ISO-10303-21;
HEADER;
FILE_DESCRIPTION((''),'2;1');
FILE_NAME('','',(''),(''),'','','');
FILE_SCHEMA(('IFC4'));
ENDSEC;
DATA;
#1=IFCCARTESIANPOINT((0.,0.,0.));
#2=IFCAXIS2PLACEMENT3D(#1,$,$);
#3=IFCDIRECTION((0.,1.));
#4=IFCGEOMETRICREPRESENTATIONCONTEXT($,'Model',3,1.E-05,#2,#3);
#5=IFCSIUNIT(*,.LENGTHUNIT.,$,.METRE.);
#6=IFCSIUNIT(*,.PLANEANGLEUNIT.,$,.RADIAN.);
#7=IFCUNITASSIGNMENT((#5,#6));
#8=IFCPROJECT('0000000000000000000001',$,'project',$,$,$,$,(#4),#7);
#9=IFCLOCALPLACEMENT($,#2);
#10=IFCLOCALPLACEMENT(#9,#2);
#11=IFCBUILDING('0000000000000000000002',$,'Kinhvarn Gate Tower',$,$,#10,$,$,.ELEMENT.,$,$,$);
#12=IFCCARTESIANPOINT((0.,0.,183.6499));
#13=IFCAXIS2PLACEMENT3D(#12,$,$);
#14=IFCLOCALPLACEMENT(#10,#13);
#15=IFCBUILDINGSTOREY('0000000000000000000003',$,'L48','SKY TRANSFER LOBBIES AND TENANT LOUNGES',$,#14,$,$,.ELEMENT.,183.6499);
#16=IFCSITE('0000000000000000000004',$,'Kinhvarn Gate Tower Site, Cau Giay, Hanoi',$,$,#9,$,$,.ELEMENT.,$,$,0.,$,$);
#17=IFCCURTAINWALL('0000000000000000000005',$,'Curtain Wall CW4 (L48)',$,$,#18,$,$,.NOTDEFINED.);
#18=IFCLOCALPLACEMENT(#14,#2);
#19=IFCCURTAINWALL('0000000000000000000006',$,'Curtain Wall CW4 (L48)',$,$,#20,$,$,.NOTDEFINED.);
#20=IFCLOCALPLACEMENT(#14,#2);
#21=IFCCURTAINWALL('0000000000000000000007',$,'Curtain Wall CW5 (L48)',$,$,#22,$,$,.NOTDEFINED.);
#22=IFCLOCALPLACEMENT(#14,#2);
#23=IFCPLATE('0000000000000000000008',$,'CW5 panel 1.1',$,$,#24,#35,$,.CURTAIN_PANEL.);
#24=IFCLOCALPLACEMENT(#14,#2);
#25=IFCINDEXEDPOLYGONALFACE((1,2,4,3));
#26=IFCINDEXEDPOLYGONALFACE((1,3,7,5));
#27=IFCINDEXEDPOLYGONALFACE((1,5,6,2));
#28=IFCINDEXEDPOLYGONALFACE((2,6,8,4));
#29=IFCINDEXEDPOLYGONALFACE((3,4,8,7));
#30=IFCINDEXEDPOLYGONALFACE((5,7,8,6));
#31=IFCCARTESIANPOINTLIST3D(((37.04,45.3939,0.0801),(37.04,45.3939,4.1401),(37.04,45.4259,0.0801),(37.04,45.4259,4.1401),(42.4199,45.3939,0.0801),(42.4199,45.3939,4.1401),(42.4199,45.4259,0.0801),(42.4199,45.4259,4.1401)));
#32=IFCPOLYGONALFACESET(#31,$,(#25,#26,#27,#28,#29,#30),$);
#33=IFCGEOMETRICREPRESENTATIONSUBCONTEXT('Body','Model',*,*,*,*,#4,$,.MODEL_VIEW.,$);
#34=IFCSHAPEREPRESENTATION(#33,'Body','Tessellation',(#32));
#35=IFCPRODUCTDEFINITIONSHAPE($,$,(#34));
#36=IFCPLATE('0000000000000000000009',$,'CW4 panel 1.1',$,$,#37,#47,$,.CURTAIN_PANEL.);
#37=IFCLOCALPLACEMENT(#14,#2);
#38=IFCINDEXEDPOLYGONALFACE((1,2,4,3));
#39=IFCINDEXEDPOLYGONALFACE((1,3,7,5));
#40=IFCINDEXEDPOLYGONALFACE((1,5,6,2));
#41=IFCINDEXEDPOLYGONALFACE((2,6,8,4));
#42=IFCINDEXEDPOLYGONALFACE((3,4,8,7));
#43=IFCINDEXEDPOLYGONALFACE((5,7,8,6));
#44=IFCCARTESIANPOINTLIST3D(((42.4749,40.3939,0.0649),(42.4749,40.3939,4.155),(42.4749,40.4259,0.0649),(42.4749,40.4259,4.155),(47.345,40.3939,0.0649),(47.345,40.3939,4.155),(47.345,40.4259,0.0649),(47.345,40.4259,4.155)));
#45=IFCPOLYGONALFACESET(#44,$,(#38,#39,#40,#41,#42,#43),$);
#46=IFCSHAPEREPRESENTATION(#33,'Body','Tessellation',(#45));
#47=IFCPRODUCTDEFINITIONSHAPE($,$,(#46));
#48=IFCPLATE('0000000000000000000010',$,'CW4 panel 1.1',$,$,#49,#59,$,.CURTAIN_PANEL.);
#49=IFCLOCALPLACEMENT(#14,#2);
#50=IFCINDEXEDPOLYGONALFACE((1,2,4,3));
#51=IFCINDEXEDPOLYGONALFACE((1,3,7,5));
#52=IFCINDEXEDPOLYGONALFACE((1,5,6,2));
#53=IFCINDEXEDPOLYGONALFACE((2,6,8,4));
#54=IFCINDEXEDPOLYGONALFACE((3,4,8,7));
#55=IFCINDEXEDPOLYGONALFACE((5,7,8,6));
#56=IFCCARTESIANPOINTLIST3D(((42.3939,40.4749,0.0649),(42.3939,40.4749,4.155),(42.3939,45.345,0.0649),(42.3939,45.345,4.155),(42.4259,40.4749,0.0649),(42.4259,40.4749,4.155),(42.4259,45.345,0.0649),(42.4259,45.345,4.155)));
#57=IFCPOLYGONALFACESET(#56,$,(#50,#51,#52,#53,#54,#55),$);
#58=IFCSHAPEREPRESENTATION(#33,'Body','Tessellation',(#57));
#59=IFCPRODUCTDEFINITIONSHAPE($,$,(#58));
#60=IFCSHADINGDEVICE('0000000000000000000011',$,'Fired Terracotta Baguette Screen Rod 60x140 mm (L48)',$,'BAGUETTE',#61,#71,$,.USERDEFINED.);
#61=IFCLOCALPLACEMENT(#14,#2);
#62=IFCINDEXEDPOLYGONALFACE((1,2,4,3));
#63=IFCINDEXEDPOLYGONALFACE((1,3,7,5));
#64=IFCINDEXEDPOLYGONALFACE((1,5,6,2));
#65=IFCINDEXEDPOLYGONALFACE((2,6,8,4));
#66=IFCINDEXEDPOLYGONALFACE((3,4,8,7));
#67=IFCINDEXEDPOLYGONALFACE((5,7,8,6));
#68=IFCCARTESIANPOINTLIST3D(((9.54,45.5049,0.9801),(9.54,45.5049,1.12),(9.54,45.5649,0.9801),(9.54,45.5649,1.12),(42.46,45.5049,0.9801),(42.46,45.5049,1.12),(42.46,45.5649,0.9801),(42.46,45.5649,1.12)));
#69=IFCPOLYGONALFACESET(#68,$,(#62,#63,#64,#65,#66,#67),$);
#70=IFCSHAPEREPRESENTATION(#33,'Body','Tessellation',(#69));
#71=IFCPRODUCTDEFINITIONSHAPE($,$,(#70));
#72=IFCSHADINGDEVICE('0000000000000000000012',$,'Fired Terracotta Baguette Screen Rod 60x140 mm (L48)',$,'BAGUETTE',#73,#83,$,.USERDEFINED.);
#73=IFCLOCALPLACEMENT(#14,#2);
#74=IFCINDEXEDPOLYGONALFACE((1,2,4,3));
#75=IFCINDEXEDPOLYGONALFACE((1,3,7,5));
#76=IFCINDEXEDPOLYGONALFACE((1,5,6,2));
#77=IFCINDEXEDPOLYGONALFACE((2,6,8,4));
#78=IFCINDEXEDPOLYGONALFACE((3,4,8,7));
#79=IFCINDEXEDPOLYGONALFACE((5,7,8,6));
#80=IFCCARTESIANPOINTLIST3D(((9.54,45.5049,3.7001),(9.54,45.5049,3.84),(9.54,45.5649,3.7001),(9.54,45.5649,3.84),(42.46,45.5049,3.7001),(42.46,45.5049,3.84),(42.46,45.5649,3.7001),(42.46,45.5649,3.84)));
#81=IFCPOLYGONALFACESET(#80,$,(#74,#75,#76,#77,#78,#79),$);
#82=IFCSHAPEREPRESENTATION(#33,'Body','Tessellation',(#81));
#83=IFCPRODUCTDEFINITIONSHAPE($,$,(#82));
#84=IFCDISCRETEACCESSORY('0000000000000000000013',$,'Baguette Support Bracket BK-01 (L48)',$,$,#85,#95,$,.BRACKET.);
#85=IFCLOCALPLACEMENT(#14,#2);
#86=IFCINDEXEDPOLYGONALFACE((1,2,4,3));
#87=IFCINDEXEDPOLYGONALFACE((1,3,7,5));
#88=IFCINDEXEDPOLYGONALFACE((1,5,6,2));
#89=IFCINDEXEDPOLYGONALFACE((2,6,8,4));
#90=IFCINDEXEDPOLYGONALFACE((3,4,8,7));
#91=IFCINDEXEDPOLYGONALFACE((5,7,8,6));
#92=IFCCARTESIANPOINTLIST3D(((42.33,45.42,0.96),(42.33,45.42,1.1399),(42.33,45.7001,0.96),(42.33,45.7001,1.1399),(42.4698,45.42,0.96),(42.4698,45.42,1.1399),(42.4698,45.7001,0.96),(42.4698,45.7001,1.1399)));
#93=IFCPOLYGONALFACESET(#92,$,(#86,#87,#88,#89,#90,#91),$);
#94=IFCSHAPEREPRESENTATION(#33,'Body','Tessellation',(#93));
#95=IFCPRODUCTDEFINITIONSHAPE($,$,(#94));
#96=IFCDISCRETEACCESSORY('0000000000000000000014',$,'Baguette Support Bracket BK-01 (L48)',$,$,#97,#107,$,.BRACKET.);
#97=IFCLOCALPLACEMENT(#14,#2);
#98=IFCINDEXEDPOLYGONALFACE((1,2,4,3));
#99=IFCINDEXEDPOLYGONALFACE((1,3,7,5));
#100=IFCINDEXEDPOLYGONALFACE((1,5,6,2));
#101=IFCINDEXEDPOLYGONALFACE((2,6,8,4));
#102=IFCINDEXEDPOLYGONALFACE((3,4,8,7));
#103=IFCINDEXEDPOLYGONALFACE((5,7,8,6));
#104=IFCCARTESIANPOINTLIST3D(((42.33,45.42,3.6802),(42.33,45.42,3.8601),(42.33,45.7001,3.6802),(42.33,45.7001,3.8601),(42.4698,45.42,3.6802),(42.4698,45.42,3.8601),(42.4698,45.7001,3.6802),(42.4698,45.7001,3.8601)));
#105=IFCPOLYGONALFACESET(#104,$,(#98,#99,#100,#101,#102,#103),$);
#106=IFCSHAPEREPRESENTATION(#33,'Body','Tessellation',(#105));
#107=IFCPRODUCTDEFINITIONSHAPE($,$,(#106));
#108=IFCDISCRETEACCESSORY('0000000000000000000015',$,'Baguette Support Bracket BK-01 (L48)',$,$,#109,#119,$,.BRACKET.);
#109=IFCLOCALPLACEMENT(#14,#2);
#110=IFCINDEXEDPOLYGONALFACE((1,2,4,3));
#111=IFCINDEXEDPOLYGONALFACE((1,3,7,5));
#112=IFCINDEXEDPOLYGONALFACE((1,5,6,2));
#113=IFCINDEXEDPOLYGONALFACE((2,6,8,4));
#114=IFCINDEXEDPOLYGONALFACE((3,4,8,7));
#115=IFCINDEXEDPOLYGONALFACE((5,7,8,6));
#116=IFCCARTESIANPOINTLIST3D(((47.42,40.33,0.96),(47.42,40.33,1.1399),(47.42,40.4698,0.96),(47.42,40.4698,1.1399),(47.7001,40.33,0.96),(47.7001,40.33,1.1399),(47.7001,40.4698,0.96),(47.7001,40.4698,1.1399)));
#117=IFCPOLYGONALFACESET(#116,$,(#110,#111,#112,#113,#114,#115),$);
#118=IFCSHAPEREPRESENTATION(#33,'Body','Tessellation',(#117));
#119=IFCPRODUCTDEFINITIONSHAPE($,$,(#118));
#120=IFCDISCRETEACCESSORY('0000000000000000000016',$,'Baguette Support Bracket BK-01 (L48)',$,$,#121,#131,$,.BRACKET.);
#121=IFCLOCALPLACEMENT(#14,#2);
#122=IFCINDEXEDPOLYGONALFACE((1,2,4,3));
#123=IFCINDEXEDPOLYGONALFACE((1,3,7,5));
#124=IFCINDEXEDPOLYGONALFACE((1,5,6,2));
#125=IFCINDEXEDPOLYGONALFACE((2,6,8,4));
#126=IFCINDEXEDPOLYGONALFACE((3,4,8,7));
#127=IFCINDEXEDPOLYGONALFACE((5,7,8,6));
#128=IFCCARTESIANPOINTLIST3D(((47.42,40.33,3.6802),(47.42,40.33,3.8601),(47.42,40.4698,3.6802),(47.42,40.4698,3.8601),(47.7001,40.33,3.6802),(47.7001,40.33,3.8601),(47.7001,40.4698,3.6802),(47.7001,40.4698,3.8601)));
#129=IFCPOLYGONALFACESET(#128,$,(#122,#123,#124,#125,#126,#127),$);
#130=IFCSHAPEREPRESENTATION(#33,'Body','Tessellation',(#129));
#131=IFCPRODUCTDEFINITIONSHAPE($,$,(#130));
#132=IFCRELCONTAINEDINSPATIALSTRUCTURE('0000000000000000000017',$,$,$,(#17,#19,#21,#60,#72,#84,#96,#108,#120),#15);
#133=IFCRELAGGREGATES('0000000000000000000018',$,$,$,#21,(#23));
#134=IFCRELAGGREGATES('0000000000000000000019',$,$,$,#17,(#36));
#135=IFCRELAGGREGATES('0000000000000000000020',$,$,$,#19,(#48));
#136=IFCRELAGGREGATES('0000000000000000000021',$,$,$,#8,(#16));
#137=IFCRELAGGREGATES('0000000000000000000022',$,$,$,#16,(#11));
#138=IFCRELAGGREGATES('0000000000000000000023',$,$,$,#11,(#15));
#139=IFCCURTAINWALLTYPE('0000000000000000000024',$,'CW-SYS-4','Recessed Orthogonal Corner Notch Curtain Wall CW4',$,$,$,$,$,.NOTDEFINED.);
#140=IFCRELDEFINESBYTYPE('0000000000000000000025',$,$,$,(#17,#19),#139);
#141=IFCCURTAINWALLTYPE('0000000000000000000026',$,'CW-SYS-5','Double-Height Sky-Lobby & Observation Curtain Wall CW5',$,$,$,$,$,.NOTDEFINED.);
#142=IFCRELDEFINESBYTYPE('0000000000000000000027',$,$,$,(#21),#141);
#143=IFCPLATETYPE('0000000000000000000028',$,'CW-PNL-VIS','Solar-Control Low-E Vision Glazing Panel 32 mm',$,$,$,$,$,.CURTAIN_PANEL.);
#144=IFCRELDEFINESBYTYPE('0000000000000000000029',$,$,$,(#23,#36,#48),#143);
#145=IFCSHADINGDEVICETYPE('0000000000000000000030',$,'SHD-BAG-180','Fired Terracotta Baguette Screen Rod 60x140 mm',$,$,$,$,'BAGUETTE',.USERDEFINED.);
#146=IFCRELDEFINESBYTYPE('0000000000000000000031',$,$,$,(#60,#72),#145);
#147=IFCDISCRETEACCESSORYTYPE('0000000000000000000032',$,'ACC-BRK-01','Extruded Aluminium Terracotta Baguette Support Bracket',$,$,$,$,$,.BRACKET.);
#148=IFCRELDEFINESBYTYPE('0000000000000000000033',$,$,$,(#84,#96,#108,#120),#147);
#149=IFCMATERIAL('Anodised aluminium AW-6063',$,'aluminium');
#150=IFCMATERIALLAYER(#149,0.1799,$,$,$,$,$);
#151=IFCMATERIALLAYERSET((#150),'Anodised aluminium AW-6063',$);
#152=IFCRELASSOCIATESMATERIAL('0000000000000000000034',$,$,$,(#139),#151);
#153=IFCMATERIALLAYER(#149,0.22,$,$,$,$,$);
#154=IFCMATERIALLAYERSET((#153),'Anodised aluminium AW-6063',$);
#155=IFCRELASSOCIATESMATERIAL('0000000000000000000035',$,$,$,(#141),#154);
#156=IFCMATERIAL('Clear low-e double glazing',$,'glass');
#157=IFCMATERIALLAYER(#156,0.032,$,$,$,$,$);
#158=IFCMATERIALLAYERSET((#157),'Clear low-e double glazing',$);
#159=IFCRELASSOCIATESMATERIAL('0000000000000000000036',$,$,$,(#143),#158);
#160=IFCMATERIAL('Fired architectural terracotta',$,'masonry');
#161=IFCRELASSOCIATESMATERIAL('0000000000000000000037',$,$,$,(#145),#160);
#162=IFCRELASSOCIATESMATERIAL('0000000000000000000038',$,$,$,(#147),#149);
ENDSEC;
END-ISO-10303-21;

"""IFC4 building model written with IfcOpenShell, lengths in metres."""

from ifc_helpers import new_model, si_unit, direction, frame, origin, origin_2d, place, context, subcontext, project, spatial, rectangle, extrude, material, layer, layer_set, material_profile, profile_set, type_object, element, aggregate, save


model = new_model("IFC4")

# Units and contexts
model_context = context("Model", 3, precision=1e-05, world=origin(), true_north=direction((0.0, 1.0)))
body_context = subcontext(model_context, "Body", "Model", "MODEL_VIEW")
ifc_project = project(units=[si_unit("LENGTHUNIT", "METRE"), si_unit("PLANEANGLEUNIT", "RADIAN")], contexts=[model_context])

# Site, building, storey
site_placement = place(None, origin())
site = spatial("IfcSite", under=ifc_project, at=site_placement, Name="Kinhvarn Gate Tower Site, Cau Giay, Hanoi", CompositionType="ELEMENT", RefElevation=0.0)
building_placement = place(site_placement, origin())
building = spatial("IfcBuilding", under=site, at=building_placement, Name="Kinhvarn Gate Tower", CompositionType="ELEMENT")
storey_placement = place(building_placement, frame((0.0, 0.0, 183.6499)))
storey = spatial("IfcBuildingStorey", under=building, at=storey_placement, Name="L48", Description="SKY TRANSFER LOBBIES AND TENANT LOUNGES", CompositionType="ELEMENT", Elevation=183.6499)

# Curtain walls
ifc_material_1 = material(Name="Anodised aluminium AW-6063", Category="aluminium")
ifc_layer_1 = layer(ifc_material_1, 0.1799)
ifc_layer_set_1 = layer_set([ifc_layer_1], Name="Anodised aluminium AW-6063")
curtain_wall_type_1 = type_object("IfcCurtainWallType", Name="CW-SYS-4", Description="Recessed Orthogonal Corner Notch Curtain Wall CW4", PredefinedType="NOTDEFINED", material=ifc_layer_set_1)
curtain_wall_1_placement = place(storey_placement, origin())
curtain_wall_1 = element("IfcCurtainWall", 1, at=curtain_wall_1_placement, inside=storey, type_object=curtain_wall_type_1, Name="Curtain Wall CW4 (L48)", PredefinedType="NOTDEFINED")
curtain_wall_2_placement = place(storey_placement, origin())
curtain_wall_2 = element("IfcCurtainWall", 2, at=curtain_wall_2_placement, inside=storey, type_object=curtain_wall_type_1, Name="Curtain Wall CW4 (L48)", PredefinedType="NOTDEFINED")
ifc_layer_2 = layer(ifc_material_1, 0.22)
ifc_layer_set_2 = layer_set([ifc_layer_2], Name="Anodised aluminium AW-6063")
curtain_wall_type_2 = type_object("IfcCurtainWallType", Name="CW-SYS-5", Description="Double-Height Sky-Lobby & Observation Curtain Wall CW5", PredefinedType="NOTDEFINED", material=ifc_layer_set_2)
curtain_wall_3_placement = place(storey_placement, origin())
curtain_wall_3 = element("IfcCurtainWall", 3, at=curtain_wall_3_placement, inside=storey, type_object=curtain_wall_type_2, Name="Curtain Wall CW5 (L48)", PredefinedType="NOTDEFINED")

# Plates
ifc_material_2 = material(Name="Clear low-e double glazing", Category="glass")
ifc_layer_3 = layer(ifc_material_2, 0.032)
ifc_layer_set_3 = layer_set([ifc_layer_3], Name="Clear low-e double glazing")
plate_type = type_object("IfcPlateType", Name="CW-PNL-VIS", Description="Solar-Control Low-E Vision Glazing Panel 32 mm", PredefinedType="CURTAIN_PANEL", material=ifc_layer_set_3)
plate_1_placement = place(storey_placement, frame((39.73, 45.4099, 0.0801), z_axis=(0.0, 0.0, 1.0), x_axis=(-1.0, 0.0, 0.0)))
plate_1 = element("IfcPlate", 4, at=plate_1_placement, type_object=plate_type, Name="CW5 panel 1.1", PredefinedType="CURTAIN_PANEL", context=body_context, shape_type="SweptSolid", body=[
    extrude(rectangle(XDim=5.3799, YDim=0.032, at=origin_2d()), origin(), (0.0, 0.0, 1.0), 4.0601),
])
aggregate(curtain_wall_3, [plate_1])
plate_2_placement = place(storey_placement, frame((44.9099, 40.4099, 0.0649), z_axis=(0.0, 0.0, 1.0), x_axis=(-1.0, 0.0, 0.0)))
plate_2 = element("IfcPlate", 5, at=plate_2_placement, type_object=plate_type, Name="CW4 panel 1.1", PredefinedType="CURTAIN_PANEL", context=body_context, shape_type="SweptSolid", body=[
    extrude(rectangle(XDim=4.8701, YDim=0.032, at=origin_2d()), origin(), (0.0, 0.0, 1.0), 4.0901),
])
aggregate(curtain_wall_1, [plate_2])
plate_3_placement = place(storey_placement, frame((42.4099, 42.9099, 0.0649), z_axis=(0.0, 0.0, 1.0), x_axis=(0.0, 1.0, 0.0)))
plate_3 = element("IfcPlate", 6, at=plate_3_placement, type_object=plate_type, Name="CW4 panel 1.1", PredefinedType="CURTAIN_PANEL", context=body_context, shape_type="SweptSolid", body=[
    extrude(rectangle(XDim=4.8701, YDim=0.032, at=origin_2d()), origin(), (0.0, 0.0, 1.0), 4.0901),
])
aggregate(curtain_wall_2, [plate_3])

# Shading devices
ifc_material_3 = material(Name="Fired architectural terracotta", Category="masonry")
ifc_material_profile_1 = material_profile(ifc_material_3, rectangle(XDim=0.0601, YDim=0.1399, at=origin_2d()), Name="TC 60x140")
ifc_profile_set_1 = profile_set([ifc_material_profile_1], Name="Fired architectural terracotta")
shading_device_type = type_object("IfcShadingDeviceType", Name="SHD-BAG-180", Description="Fired Terracotta Baguette Screen Rod 60x140 mm", ElementType="BAGUETTE", PredefinedType="USERDEFINED", material=ifc_profile_set_1)
for number, where, z_axis, x_axis, name in (
    (7, (42.46, 45.5349, 1.05), (-1.0, 0.0, 0.0), (0.0, -1.0, 0.0), "Fired Terracotta Baguette Screen Rod 60x140 mm (L48)"),
    (8, (42.46, 45.5349, 3.77), (-1.0, 0.0, 0.0), (0.0, -1.0, 0.0), "Fired Terracotta Baguette Screen Rod 60x140 mm (L48)"),
):
    element("IfcShadingDevice", number, at=place(storey_placement, frame(where, z_axis=z_axis, x_axis=x_axis)), inside=storey, type_object=shading_device_type, Name=name, ObjectType="BAGUETTE", PredefinedType="USERDEFINED", context=body_context, shape_type="SweptSolid", body=[
        extrude(rectangle(XDim=0.0601, YDim=0.1399, at=origin_2d()), origin(), (0.0, 0.0, 1.0), 32.9199),
    ])

# Discrete accessories
discrete_accessory_type = type_object("IfcDiscreteAccessoryType", Name="ACC-BRK-01", Description="Extruded Aluminium Terracotta Baguette Support Bracket", PredefinedType="BRACKET", material=ifc_material_1)
for number, where, z_axis, x_axis, name in (
    (9, (42.3999, 45.5601, 0.96), (0.0, 0.0, 1.0), (-1.0, 0.0, 0.0), "Baguette Support Bracket BK-01 (L48)"),
    (10, (42.3999, 45.5601, 3.6802), (0.0, 0.0, 1.0), (-1.0, 0.0, 0.0), "Baguette Support Bracket BK-01 (L48)"),
    (11, (47.5601, 40.3999, 0.96), (0.0, 0.0, 1.0), (0.0, 1.0, 0.0), "Baguette Support Bracket BK-01 (L48)"),
    (12, (47.5601, 40.3999, 3.6802), (0.0, 0.0, 1.0), (0.0, 1.0, 0.0), "Baguette Support Bracket BK-01 (L48)"),
):
    element("IfcDiscreteAccessory", number, at=place(storey_placement, frame(where, z_axis=z_axis, x_axis=x_axis)), inside=storey, type_object=discrete_accessory_type, Name=name, PredefinedType="BRACKET", context=body_context, shape_type="SweptSolid", body=[
        extrude(rectangle(XDim=0.1399, YDim=0.28, at=origin_2d()), origin(), (0.0, 0.0, 1.0), 0.1799),
    ])

save(model, "model.ifc")
